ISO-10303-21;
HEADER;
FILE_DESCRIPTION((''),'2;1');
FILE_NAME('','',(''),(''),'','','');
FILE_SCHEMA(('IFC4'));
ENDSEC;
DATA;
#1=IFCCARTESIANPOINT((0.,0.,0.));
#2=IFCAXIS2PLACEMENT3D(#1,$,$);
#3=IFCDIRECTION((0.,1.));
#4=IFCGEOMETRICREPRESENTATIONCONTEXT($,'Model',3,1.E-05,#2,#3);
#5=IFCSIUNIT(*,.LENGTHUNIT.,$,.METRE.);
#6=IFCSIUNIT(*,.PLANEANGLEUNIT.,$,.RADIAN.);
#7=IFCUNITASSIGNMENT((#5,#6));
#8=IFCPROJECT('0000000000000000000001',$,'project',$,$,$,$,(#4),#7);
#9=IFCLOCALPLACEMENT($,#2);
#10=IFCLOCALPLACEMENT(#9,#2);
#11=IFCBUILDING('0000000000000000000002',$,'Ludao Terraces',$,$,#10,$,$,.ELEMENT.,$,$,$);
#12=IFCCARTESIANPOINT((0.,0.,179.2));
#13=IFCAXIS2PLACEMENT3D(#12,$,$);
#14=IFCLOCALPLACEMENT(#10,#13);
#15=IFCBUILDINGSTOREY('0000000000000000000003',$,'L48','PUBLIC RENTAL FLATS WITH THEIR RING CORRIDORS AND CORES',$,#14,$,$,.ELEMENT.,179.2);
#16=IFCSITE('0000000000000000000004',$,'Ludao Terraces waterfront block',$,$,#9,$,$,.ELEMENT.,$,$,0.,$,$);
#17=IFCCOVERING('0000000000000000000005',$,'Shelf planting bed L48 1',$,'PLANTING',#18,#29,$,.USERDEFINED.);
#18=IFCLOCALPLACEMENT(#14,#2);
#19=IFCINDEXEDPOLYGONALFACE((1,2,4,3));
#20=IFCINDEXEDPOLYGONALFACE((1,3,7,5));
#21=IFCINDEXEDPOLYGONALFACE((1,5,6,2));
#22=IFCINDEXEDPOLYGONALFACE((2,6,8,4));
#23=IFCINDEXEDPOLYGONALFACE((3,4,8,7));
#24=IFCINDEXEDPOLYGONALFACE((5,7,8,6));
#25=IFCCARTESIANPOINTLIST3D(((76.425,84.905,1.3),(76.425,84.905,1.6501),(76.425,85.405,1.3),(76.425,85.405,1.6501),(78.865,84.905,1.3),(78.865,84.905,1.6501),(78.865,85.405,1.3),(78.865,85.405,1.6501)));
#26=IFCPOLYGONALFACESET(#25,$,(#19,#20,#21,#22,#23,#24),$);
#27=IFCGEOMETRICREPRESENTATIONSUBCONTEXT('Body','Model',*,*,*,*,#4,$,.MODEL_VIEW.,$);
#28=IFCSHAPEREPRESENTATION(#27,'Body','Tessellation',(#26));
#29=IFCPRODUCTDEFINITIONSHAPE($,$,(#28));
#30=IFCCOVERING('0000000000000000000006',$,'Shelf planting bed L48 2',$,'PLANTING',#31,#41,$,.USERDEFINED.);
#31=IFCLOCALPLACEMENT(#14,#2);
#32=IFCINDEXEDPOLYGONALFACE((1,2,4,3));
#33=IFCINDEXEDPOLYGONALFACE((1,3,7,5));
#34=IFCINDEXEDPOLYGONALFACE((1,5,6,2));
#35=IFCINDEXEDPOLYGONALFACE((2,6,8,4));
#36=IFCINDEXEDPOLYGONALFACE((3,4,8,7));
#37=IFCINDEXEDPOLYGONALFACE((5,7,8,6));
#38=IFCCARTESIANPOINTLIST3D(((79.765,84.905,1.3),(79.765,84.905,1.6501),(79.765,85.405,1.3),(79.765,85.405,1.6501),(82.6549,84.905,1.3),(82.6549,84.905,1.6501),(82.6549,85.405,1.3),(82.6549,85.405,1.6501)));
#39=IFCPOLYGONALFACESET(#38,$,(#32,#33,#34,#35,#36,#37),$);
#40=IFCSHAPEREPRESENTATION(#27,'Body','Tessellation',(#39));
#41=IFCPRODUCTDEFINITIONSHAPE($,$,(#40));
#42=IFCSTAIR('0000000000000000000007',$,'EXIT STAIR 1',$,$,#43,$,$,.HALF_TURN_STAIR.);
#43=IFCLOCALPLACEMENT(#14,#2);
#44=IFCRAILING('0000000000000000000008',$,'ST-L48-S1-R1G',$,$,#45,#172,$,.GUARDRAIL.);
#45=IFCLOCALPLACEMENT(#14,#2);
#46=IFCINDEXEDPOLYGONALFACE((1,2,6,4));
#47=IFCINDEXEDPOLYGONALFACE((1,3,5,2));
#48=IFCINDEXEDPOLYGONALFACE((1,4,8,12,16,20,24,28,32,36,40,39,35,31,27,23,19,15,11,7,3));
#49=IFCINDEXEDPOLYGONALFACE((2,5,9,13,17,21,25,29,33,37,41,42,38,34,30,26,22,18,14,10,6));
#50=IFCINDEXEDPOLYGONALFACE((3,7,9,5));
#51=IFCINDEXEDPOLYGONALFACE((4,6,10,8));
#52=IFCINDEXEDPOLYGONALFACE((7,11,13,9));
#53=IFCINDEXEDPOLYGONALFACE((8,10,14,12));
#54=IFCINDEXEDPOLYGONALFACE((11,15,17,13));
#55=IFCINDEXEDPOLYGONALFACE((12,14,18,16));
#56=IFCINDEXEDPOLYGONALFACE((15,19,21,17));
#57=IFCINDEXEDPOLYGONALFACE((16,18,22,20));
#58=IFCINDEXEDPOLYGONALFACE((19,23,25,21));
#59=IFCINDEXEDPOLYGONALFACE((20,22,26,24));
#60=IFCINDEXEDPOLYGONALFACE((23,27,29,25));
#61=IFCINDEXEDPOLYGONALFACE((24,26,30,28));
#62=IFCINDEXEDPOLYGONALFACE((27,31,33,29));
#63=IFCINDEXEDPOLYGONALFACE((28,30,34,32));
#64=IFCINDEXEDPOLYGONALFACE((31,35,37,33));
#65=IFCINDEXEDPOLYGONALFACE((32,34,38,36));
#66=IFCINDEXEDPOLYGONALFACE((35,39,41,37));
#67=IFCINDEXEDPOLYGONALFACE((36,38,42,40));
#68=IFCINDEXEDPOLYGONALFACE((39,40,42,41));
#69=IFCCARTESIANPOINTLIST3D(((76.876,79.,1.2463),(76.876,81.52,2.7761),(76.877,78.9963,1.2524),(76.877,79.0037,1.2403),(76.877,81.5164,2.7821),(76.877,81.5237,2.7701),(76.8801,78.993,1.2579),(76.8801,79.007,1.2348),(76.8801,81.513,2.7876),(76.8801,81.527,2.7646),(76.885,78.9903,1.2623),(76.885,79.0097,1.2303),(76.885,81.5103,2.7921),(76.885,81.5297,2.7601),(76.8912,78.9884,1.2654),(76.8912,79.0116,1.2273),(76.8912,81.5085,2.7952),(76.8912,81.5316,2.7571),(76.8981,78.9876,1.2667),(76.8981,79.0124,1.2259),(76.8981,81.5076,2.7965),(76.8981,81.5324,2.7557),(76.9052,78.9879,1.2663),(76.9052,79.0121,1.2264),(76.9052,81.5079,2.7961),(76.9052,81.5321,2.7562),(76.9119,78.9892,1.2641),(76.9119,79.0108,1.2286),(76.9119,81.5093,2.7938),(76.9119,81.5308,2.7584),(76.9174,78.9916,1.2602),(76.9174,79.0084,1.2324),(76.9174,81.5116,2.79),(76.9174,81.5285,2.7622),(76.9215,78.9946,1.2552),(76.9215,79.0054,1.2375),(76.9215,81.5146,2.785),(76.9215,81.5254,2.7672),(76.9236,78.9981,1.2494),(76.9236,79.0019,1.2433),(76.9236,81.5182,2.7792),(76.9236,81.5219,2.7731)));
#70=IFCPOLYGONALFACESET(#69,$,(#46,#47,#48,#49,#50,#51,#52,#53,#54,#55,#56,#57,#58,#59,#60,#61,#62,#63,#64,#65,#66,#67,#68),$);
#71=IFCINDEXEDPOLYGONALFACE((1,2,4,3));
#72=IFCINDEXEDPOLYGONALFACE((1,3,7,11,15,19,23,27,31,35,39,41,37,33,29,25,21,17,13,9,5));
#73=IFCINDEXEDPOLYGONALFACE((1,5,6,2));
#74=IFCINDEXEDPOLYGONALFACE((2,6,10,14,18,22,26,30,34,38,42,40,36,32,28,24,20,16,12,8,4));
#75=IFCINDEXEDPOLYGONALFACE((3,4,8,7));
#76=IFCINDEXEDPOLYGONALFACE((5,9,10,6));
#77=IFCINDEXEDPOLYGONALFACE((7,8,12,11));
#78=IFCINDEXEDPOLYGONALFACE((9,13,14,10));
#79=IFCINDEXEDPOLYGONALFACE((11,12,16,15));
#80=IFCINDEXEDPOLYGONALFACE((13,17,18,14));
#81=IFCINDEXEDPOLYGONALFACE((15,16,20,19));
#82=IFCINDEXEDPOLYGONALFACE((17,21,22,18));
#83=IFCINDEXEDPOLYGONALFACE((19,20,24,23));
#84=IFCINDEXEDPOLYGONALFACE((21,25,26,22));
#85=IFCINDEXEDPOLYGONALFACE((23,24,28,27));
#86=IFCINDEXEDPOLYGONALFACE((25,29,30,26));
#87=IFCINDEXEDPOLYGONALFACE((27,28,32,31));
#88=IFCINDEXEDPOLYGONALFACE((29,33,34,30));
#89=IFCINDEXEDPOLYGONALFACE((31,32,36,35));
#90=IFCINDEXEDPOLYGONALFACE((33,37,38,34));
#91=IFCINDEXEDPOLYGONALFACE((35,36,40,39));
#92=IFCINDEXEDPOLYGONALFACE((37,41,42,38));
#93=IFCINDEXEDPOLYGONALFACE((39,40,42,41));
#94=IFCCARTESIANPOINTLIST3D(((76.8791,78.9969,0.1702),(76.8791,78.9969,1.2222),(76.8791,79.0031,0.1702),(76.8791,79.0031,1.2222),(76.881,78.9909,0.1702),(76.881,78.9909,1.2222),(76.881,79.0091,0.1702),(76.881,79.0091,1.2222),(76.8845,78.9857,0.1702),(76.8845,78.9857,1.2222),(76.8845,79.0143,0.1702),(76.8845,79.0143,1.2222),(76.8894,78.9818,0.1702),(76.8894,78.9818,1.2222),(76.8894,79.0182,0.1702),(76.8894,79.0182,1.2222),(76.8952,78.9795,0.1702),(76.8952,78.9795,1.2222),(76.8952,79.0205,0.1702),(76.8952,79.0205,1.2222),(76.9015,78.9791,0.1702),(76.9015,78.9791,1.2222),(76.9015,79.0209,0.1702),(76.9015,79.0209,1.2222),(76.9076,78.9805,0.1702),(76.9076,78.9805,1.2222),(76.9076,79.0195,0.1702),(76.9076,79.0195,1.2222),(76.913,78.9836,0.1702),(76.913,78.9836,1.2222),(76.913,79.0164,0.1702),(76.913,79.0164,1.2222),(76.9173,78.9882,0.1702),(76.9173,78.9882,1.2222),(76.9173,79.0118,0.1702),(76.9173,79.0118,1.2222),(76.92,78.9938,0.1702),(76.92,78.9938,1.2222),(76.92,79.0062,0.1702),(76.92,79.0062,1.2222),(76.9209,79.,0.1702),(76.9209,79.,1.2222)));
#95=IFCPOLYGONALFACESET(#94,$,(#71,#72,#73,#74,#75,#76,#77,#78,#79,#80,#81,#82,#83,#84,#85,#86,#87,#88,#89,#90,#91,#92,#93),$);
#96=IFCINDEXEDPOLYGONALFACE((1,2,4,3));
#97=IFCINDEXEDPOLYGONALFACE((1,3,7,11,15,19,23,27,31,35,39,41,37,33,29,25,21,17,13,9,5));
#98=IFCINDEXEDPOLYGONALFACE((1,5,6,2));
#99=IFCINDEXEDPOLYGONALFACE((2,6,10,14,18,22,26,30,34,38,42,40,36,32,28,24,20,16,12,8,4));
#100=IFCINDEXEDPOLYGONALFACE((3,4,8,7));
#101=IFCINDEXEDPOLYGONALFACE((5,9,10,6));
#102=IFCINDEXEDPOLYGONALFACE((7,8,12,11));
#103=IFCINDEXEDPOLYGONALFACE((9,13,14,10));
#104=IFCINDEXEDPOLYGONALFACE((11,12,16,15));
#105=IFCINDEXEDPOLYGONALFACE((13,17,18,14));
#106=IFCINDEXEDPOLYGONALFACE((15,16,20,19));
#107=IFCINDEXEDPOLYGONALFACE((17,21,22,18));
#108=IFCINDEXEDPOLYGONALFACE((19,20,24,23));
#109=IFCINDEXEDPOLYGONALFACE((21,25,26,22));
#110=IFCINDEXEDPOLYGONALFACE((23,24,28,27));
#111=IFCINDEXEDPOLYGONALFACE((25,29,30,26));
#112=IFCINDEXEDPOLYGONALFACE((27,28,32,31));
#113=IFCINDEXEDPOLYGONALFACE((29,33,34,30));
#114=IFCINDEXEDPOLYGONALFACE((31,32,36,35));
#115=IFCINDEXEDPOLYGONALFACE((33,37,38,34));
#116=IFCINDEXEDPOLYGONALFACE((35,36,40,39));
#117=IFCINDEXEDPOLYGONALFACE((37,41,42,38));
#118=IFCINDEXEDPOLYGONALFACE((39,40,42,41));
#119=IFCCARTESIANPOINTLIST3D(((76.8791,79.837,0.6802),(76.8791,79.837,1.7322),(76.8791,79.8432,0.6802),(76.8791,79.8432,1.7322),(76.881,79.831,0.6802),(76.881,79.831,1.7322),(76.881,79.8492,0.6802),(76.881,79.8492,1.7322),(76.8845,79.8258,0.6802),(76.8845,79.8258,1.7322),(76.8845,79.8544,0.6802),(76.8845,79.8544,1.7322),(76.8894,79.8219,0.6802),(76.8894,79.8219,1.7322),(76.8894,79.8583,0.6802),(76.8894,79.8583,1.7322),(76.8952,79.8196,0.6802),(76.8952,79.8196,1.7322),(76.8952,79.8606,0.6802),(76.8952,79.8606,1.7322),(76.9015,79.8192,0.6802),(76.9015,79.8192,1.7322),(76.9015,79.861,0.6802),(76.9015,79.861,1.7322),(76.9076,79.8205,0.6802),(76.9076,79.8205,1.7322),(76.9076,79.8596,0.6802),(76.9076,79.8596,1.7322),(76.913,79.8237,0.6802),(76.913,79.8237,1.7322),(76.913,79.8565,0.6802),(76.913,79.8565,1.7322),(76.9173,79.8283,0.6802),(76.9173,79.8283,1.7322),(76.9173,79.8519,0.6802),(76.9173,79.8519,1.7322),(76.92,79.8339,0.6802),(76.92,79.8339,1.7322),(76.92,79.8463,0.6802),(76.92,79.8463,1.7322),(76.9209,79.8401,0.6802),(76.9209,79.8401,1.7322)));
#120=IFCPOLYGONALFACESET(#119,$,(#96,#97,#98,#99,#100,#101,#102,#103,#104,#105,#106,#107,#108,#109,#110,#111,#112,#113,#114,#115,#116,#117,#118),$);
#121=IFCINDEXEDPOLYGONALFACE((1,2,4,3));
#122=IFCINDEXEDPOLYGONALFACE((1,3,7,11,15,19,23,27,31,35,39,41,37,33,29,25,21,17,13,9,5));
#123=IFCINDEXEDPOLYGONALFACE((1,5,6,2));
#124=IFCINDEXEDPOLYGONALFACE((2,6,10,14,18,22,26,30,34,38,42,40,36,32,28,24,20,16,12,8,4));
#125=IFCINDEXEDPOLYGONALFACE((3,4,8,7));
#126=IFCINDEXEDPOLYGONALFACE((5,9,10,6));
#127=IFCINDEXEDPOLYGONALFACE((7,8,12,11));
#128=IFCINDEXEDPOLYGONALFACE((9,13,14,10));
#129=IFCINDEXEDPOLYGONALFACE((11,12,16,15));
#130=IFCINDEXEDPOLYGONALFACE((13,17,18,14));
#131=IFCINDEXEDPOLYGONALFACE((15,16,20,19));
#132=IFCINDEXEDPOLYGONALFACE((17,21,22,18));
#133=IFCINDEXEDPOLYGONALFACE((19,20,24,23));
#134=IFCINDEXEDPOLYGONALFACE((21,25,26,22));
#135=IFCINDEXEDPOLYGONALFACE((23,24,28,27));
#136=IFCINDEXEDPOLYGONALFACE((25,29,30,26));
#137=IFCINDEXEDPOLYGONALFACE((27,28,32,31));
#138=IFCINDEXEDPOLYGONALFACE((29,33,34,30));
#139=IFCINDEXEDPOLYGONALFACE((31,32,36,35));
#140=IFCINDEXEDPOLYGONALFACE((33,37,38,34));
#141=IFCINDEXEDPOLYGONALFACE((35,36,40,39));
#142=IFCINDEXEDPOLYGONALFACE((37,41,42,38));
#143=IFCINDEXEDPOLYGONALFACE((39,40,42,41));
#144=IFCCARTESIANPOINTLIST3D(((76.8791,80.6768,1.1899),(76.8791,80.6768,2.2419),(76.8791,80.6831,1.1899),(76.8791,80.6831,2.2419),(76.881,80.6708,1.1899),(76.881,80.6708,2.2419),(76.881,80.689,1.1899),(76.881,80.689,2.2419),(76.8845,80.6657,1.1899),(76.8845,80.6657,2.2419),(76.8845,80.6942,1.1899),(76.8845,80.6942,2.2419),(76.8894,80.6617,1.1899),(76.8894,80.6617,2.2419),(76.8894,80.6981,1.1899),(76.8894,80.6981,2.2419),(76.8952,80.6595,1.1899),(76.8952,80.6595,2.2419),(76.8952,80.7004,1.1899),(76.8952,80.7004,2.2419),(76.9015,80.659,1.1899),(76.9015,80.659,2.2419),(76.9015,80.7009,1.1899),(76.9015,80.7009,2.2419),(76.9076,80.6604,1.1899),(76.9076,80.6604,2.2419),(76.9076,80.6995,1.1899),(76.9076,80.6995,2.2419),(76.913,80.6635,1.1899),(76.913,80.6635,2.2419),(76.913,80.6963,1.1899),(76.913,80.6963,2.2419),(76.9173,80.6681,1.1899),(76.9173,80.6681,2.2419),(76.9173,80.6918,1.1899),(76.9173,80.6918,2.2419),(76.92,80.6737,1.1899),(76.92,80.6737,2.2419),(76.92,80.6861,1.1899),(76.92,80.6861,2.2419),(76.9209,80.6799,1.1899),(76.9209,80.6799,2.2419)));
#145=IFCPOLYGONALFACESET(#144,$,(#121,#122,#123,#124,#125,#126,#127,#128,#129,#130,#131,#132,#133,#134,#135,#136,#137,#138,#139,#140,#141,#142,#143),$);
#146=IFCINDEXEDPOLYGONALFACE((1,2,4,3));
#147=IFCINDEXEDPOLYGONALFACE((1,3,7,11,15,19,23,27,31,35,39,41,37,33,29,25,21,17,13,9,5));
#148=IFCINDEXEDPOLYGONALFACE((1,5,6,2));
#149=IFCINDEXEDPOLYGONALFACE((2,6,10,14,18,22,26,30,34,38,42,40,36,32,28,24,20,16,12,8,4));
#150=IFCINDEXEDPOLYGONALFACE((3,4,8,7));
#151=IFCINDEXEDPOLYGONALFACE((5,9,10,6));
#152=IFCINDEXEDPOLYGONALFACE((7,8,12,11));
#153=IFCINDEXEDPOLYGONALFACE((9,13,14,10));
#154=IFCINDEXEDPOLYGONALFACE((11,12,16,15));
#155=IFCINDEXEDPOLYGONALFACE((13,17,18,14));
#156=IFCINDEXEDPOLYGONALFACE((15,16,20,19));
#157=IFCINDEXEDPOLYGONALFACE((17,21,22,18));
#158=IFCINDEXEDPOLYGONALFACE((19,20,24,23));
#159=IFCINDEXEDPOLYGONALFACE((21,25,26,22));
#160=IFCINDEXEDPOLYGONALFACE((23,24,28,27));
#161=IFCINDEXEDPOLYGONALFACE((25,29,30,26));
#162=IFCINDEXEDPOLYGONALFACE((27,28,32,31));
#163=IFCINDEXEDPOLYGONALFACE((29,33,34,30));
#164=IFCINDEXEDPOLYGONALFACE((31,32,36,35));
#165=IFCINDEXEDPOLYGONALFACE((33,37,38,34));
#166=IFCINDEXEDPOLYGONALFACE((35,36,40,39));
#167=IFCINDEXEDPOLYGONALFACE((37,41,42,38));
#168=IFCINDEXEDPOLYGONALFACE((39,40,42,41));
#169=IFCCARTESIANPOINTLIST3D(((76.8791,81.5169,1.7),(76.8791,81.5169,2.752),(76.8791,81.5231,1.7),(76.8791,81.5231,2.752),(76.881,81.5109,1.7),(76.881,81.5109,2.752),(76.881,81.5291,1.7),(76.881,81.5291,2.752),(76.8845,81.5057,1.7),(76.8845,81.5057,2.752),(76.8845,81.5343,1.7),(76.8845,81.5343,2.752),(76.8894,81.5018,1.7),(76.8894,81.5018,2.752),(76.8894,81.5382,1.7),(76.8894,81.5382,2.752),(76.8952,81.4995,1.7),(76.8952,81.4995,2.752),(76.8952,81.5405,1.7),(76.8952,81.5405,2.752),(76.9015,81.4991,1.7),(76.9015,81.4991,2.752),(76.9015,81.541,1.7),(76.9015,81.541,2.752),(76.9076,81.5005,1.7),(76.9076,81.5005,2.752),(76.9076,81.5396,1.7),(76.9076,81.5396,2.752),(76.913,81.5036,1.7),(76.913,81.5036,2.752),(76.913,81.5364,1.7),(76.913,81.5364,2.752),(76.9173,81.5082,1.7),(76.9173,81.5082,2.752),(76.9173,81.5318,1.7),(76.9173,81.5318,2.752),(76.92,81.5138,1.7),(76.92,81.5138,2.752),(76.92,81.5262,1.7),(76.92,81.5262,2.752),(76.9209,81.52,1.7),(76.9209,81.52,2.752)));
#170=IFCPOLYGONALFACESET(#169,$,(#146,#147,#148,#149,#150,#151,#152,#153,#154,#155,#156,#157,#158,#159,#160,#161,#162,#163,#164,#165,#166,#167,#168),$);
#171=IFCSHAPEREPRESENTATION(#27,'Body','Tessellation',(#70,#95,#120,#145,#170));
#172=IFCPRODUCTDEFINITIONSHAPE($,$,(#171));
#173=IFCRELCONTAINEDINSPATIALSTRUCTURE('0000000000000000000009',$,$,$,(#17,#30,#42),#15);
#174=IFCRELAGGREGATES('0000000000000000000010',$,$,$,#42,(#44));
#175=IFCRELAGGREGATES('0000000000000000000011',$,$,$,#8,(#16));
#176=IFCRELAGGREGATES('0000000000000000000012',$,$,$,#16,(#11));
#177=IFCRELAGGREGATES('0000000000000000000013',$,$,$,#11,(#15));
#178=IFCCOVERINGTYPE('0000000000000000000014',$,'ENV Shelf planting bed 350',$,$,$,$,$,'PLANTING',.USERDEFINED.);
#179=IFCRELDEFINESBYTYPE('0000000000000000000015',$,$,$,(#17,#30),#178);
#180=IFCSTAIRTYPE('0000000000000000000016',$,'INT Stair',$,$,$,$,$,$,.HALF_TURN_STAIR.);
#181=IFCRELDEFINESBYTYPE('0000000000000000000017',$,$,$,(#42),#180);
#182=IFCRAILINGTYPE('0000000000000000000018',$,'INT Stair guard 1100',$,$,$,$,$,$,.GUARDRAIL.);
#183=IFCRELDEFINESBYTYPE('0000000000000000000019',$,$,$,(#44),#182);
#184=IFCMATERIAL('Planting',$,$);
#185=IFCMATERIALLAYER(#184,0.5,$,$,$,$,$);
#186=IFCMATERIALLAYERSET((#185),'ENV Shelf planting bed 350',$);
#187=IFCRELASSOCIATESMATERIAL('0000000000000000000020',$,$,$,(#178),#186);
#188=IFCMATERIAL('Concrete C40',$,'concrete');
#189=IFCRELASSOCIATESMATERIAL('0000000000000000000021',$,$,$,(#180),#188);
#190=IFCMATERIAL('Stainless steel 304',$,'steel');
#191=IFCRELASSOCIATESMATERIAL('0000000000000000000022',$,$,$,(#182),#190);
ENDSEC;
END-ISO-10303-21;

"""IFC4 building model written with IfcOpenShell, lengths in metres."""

from ifc_helpers import new_model, si_unit, direction, frame, origin, origin_2d, place, context, subcontext, project, spatial, rectangle, circle, extrude, material, layer, layer_set, type_object, element, aggregate, save


model = new_model("IFC4")

# Units and contexts
model_context = context("Model", 3, precision=1e-05, world=origin(), true_north=direction((0.0, 1.0)))
body_context = subcontext(model_context, "Body", "Model", "MODEL_VIEW")
ifc_project = project(units=[si_unit("LENGTHUNIT", "METRE"), si_unit("PLANEANGLEUNIT", "RADIAN")], contexts=[model_context])

# Site, building, storey
site_placement = place(None, origin())
site = spatial("IfcSite", under=ifc_project, at=site_placement, Name="Ludao Terraces waterfront block", CompositionType="ELEMENT", RefElevation=0.0)
building_placement = place(site_placement, origin())
building = spatial("IfcBuilding", under=site, at=building_placement, Name="Ludao Terraces", CompositionType="ELEMENT")
storey_placement = place(building_placement, frame((0.0, 0.0, 179.2)))
storey = spatial("IfcBuildingStorey", under=building, at=storey_placement, Name="L48", Description="PUBLIC RENTAL FLATS WITH THEIR RING CORRIDORS AND CORES", CompositionType="ELEMENT", Elevation=179.2)

# Shared definitions
ifc_material_1 = material(Name="Stainless steel 304", Category="steel")

# Coverings
ifc_material_2 = material(Name="Planting")
ifc_layer_1 = layer(ifc_material_2, 0.5)
ifc_layer_set_1 = layer_set([ifc_layer_1], Name="ENV Shelf planting bed 350")
covering_type_1 = type_object("IfcCoveringType", Name="ENV Shelf planting bed 350", ElementType="PLANTING", PredefinedType="USERDEFINED", material=ifc_layer_set_1)
covering_1_placement = place(storey_placement, frame((77.645, 85.155, 1.3), z_axis=(0.0, 0.0, 1.0), x_axis=(1.0, 0.0, 0.0)))
element("IfcCovering", 1, at=covering_1_placement, inside=storey, type_object=covering_type_1, Name="Shelf planting bed L48 1", ObjectType="PLANTING", PredefinedType="USERDEFINED", context=body_context, shape_type="SweptSolid", body=[
    extrude(rectangle(XDim=2.4399, YDim=0.5, at=origin_2d()), origin(), (0.0, 0.0, 1.0), 0.3501),
])
covering_2_placement = place(storey_placement, frame((81.21, 85.155, 1.3), z_axis=(0.0, 0.0, 1.0), x_axis=(1.0, 0.0, 0.0)))
element("IfcCovering", 2, at=covering_2_placement, inside=storey, type_object=covering_type_1, Name="Shelf planting bed L48 2", ObjectType="PLANTING", PredefinedType="USERDEFINED", context=body_context, shape_type="SweptSolid", body=[
    extrude(rectangle(XDim=2.8899, YDim=0.5, at=origin_2d()), origin(), (0.0, 0.0, 1.0), 0.3501),
])

# Stair, railing
ifc_material_3 = material(Name="Concrete C40", Category="concrete")
stair_type = type_object("IfcStairType", Name="INT Stair", PredefinedType="HALF_TURN_STAIR", material=ifc_material_3)
stair_placement = place(storey_placement, origin())
stair = element("IfcStair", 3, at=stair_placement, inside=storey, type_object=stair_type, Name="EXIT STAIR 1", PredefinedType="HALF_TURN_STAIR")
railing_type_1 = type_object("IfcRailingType", Name="INT Stair guard 1100", PredefinedType="GUARDRAIL", material=ifc_material_1)
railing_1_placement = place(storey_placement, frame((76.8999, 79.0, 0.1702)))
railing_1 = element("IfcRailing", 4, at=railing_1_placement, type_object=railing_type_1, Name="ST-L48-S1-R1G", PredefinedType="GUARDRAIL", context=body_context, shape_type="SweptSolid", body=[
    extrude(circle(Radius=0.0239, at=origin_2d()), frame((0.0, 0.0, 1.0762), z_axis=(0.0, 0.854822, 0.518922), x_axis=(-1.0, 0.0, 0.0)), (0.0, 0.0, 1.0), 2.948),
    extrude(circle(Radius=0.021, at=origin_2d()), origin(), (0.0, 0.0, 1.0), 1.052),
    extrude(circle(Radius=0.021, at=origin_2d()), frame((0.0, 0.8401, 0.51)), (0.0, 0.0, 1.0), 1.052),
    extrude(circle(Radius=0.021, at=origin_2d()), frame((0.0, 1.6799, 1.0198)), (0.0, 0.0, 1.0), 1.052),
    extrude(circle(Radius=0.021, at=origin_2d()), frame((0.0, 2.52, 1.5298)), (0.0, 0.0, 1.0), 1.052),
])
aggregate(stair, [railing_1])

save(model, "model.ifc")
